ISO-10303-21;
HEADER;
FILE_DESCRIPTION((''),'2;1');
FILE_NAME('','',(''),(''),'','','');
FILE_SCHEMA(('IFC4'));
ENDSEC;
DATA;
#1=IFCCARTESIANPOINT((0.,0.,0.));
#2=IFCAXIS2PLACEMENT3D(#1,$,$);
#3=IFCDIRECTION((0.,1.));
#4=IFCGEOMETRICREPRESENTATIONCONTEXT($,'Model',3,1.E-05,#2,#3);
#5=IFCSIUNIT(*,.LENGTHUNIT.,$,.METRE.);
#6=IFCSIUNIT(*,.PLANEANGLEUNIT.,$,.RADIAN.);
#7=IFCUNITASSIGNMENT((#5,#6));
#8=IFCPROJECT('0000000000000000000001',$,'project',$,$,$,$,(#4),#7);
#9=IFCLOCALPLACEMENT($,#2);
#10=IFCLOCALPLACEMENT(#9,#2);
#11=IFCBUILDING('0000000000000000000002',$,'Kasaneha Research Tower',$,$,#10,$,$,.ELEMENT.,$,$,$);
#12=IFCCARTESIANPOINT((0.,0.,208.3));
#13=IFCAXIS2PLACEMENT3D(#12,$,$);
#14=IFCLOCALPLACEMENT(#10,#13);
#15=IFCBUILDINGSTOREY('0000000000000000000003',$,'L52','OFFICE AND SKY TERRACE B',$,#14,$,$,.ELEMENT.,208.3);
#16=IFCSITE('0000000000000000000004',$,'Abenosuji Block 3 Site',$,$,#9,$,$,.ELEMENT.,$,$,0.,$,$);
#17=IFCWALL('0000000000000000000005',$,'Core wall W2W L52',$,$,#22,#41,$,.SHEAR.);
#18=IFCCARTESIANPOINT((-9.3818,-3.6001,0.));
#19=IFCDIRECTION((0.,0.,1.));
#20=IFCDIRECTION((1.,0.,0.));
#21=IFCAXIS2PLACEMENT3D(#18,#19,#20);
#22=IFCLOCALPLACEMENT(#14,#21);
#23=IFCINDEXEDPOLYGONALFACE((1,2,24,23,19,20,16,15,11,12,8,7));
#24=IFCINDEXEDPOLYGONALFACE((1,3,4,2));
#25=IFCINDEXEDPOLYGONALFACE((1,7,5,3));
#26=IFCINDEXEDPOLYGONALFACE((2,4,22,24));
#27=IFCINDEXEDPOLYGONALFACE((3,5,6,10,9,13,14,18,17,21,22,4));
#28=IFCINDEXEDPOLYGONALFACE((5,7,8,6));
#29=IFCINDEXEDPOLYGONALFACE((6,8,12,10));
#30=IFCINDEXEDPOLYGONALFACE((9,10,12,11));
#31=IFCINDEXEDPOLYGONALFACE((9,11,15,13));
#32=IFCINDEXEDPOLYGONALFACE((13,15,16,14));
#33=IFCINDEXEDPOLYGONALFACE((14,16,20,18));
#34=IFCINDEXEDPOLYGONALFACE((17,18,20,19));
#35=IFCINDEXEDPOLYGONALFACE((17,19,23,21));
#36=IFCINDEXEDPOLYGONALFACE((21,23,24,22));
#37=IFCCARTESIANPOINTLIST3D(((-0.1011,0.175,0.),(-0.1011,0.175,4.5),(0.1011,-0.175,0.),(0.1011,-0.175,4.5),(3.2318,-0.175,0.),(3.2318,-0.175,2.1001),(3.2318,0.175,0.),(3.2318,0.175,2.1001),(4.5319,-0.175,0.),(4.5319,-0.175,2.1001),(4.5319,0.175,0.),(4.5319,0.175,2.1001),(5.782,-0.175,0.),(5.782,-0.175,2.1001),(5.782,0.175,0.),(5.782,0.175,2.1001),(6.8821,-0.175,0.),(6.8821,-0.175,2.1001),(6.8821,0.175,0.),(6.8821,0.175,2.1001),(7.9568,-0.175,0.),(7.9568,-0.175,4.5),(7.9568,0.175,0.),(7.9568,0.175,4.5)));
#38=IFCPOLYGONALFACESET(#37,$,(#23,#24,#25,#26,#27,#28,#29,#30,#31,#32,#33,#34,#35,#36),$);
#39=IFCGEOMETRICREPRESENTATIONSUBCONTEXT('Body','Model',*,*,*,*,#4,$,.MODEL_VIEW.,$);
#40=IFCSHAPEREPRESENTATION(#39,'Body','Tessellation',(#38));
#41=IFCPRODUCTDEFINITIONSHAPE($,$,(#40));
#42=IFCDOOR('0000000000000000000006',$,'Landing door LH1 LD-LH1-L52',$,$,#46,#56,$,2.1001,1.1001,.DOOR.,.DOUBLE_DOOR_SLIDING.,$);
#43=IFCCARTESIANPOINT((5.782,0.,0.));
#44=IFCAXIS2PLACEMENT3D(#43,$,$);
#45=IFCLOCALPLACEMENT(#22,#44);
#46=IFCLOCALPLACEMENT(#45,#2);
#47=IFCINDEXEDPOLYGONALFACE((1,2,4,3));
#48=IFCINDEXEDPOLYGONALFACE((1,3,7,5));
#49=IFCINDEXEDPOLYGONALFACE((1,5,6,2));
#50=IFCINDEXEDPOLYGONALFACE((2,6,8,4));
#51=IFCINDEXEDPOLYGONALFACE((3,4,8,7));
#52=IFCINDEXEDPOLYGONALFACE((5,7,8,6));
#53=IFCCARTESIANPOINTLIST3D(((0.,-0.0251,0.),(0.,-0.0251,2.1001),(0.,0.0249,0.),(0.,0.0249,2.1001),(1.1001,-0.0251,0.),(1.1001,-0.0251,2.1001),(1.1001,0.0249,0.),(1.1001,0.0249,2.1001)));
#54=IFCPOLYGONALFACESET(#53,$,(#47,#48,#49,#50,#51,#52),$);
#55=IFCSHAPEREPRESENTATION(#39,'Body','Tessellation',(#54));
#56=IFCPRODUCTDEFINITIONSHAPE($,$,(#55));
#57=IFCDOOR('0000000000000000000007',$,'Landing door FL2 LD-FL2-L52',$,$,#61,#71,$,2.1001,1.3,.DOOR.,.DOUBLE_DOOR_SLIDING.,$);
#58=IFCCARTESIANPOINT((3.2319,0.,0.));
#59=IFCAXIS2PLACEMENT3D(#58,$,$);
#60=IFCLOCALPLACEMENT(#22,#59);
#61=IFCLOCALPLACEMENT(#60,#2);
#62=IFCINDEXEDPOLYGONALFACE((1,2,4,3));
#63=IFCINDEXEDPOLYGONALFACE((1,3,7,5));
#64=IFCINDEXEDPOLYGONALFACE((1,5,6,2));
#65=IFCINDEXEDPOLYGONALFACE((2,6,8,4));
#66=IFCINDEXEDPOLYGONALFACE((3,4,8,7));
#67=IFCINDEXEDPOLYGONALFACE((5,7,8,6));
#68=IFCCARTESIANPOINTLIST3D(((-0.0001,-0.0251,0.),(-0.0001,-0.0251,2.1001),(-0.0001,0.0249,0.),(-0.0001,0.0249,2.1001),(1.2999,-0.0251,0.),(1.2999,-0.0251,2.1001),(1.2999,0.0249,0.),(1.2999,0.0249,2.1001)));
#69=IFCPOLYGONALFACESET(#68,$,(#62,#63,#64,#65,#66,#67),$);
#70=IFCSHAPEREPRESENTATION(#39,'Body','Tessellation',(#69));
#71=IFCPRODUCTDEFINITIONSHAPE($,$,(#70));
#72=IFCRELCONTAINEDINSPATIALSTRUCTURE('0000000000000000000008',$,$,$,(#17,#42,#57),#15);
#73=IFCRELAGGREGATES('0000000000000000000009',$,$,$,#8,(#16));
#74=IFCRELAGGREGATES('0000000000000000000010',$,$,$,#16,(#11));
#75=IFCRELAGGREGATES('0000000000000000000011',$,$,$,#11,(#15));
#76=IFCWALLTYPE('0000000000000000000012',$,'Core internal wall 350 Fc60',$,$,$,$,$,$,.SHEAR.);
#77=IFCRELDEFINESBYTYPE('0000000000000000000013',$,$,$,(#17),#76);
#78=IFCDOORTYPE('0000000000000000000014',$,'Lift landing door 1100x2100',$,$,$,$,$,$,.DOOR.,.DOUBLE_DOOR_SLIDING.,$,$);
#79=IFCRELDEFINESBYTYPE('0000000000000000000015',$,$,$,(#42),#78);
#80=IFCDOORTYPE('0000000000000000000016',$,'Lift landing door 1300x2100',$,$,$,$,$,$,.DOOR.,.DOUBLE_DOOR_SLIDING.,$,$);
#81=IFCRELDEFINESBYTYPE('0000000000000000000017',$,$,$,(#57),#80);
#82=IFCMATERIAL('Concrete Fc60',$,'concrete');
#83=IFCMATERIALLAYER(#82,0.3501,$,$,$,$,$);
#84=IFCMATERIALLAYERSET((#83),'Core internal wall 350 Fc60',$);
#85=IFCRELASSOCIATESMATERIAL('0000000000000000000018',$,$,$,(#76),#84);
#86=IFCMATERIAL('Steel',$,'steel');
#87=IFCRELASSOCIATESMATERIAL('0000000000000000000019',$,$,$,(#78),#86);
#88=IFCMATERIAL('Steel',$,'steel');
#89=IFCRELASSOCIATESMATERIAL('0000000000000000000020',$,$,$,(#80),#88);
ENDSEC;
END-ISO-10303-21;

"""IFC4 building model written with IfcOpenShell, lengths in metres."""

from ifc_helpers import new_model, si_unit, direction, frame, frame_2d, origin, place, context, subcontext, project, spatial, polyline, rectangle, outline, extrude, material, layer, layer_set, type_object, element, fill, save


model = new_model("IFC4")

# Units and contexts
model_context = context("Model", 3, precision=1e-05, world=origin(), true_north=direction((0.0, 1.0)))
body_context = subcontext(model_context, "Body", "Model", "MODEL_VIEW")
ifc_project = project(units=[si_unit("LENGTHUNIT", "METRE"), si_unit("PLANEANGLEUNIT", "RADIAN")], contexts=[model_context])

# Site, building, storey
site_placement = place(None, origin())
site = spatial("IfcSite", under=ifc_project, at=site_placement, Name="Abenosuji Block 3 Site", CompositionType="ELEMENT", RefElevation=0.0)
building_placement = place(site_placement, origin())
building = spatial("IfcBuilding", under=site, at=building_placement, Name="Kasaneha Research Tower", CompositionType="ELEMENT")
storey_placement = place(building_placement, frame((0.0, 0.0, 208.3)))
storey = spatial("IfcBuildingStorey", under=building, at=storey_placement, Name="L52", Description="OFFICE AND SKY TERRACE B", CompositionType="ELEMENT", Elevation=208.3)

# Wall, openings, doors
ifc_material_1 = material(Name="Concrete Fc60", Category="concrete")
ifc_layer_1 = layer(ifc_material_1, 0.3501)
ifc_layer_set_1 = layer_set([ifc_layer_1], Name="Core internal wall 350 Fc60")
wall_type_1 = type_object("IfcWallType", Name="Core internal wall 350 Fc60", PredefinedType="SHEAR", material=ifc_layer_set_1)
wall_1_placement = place(storey_placement, frame((-9.3818, -3.6001, 0.0), z_axis=(0.0, 0.0, 1.0), x_axis=(1.0, 0.0, 0.0)))
wall_1 = element("IfcWall", 1, at=wall_1_placement, inside=storey, type_object=wall_type_1, Name="Core wall W2W L52", PredefinedType="SHEAR", context=body_context, shape_type="SweptSolid", body=[
    extrude(outline(polyline([(0.1011, -0.175), (3.2319, -0.175), (4.532, -0.175), (5.782, -0.175), (6.8821, -0.175), (7.9568, -0.175), (7.9568, 0.175), (6.8821, 0.175), (5.782, 0.175), (4.532, 0.175), (3.2319, 0.175), (-0.1011, 0.175), (0.1011, -0.175)])), origin(), (0.0, 0.0, 1.0), 4.5),
])
opening_1_placement = place(wall_1_placement, frame((5.782, 0.0, 0.0)))
opening_1 = element("IfcOpeningElement", 2, at=opening_1_placement, cuts=wall_1, PredefinedType="OPENING", context=body_context, shape_type="SweptSolid", body=[
    extrude(rectangle(XDim=1.1001, YDim=2.1001, at=frame_2d((0.55, 1.05))), frame((0.0, 0.1851, 0.0), z_axis=(0.0, -1.0, 0.0), x_axis=(1.0, 0.0, 0.0)), (0.0, 0.0, 1.0), 0.3701),
])
opening_2_placement = place(wall_1_placement, frame((3.2319, 0.0, 0.0)))
opening_2 = element("IfcOpeningElement", 3, at=opening_2_placement, cuts=wall_1, PredefinedType="OPENING", context=body_context, shape_type="SweptSolid", body=[
    extrude(rectangle(XDim=1.3, YDim=2.1001, at=frame_2d((0.6499, 1.05))), frame((0.0, 0.1851, 0.0), z_axis=(0.0, -1.0, 0.0), x_axis=(1.0, 0.0, 0.0)), (0.0, 0.0, 1.0), 0.3701),
])
ifc_material_2 = material(Name="Steel", Category="steel")
door_type_1 = type_object("IfcDoorType", Name="Lift landing door 1100x2100", OperationType="DOUBLE_DOOR_SLIDING", PredefinedType="DOOR", material=ifc_material_2)
door_1_placement = place(opening_1_placement, origin())
door_1 = element("IfcDoor", 4, at=door_1_placement, inside=storey, type_object=door_type_1, Name="Landing door LH1 LD-LH1-L52", OperationType="DOUBLE_DOOR_SLIDING", OverallHeight=2.1001, OverallWidth=1.1001, PredefinedType="DOOR", context=body_context, shape_type="SweptSolid", body=[
    extrude(rectangle(XDim=1.1001, YDim=2.1001, at=frame_2d((0.55, 1.05))), frame((0.0, 0.0249, 0.0), z_axis=(0.0, -1.0, 0.0), x_axis=(1.0, 0.0, 0.0)), (0.0, 0.0, 1.0), 0.05),
])
fill(opening_1, door_1)
ifc_material_3 = material(Name="Steel", Category="steel")
door_type_2 = type_object("IfcDoorType", Name="Lift landing door 1300x2100", OperationType="DOUBLE_DOOR_SLIDING", PredefinedType="DOOR", material=ifc_material_3)
door_2_placement = place(opening_2_placement, origin())
door_2 = element("IfcDoor", 5, at=door_2_placement, inside=storey, type_object=door_type_2, Name="Landing door FL2 LD-FL2-L52", OperationType="DOUBLE_DOOR_SLIDING", OverallHeight=2.1001, OverallWidth=1.3, PredefinedType="DOOR", context=body_context, shape_type="SweptSolid", body=[
    extrude(rectangle(XDim=1.3, YDim=2.1001, at=frame_2d((0.6499, 1.05))), frame((0.0, 0.0249, 0.0), z_axis=(0.0, -1.0, 0.0), x_axis=(1.0, 0.0, 0.0)), (0.0, 0.0, 1.0), 0.05),
])
fill(opening_2, door_2)

save(model, "model.ifc")
